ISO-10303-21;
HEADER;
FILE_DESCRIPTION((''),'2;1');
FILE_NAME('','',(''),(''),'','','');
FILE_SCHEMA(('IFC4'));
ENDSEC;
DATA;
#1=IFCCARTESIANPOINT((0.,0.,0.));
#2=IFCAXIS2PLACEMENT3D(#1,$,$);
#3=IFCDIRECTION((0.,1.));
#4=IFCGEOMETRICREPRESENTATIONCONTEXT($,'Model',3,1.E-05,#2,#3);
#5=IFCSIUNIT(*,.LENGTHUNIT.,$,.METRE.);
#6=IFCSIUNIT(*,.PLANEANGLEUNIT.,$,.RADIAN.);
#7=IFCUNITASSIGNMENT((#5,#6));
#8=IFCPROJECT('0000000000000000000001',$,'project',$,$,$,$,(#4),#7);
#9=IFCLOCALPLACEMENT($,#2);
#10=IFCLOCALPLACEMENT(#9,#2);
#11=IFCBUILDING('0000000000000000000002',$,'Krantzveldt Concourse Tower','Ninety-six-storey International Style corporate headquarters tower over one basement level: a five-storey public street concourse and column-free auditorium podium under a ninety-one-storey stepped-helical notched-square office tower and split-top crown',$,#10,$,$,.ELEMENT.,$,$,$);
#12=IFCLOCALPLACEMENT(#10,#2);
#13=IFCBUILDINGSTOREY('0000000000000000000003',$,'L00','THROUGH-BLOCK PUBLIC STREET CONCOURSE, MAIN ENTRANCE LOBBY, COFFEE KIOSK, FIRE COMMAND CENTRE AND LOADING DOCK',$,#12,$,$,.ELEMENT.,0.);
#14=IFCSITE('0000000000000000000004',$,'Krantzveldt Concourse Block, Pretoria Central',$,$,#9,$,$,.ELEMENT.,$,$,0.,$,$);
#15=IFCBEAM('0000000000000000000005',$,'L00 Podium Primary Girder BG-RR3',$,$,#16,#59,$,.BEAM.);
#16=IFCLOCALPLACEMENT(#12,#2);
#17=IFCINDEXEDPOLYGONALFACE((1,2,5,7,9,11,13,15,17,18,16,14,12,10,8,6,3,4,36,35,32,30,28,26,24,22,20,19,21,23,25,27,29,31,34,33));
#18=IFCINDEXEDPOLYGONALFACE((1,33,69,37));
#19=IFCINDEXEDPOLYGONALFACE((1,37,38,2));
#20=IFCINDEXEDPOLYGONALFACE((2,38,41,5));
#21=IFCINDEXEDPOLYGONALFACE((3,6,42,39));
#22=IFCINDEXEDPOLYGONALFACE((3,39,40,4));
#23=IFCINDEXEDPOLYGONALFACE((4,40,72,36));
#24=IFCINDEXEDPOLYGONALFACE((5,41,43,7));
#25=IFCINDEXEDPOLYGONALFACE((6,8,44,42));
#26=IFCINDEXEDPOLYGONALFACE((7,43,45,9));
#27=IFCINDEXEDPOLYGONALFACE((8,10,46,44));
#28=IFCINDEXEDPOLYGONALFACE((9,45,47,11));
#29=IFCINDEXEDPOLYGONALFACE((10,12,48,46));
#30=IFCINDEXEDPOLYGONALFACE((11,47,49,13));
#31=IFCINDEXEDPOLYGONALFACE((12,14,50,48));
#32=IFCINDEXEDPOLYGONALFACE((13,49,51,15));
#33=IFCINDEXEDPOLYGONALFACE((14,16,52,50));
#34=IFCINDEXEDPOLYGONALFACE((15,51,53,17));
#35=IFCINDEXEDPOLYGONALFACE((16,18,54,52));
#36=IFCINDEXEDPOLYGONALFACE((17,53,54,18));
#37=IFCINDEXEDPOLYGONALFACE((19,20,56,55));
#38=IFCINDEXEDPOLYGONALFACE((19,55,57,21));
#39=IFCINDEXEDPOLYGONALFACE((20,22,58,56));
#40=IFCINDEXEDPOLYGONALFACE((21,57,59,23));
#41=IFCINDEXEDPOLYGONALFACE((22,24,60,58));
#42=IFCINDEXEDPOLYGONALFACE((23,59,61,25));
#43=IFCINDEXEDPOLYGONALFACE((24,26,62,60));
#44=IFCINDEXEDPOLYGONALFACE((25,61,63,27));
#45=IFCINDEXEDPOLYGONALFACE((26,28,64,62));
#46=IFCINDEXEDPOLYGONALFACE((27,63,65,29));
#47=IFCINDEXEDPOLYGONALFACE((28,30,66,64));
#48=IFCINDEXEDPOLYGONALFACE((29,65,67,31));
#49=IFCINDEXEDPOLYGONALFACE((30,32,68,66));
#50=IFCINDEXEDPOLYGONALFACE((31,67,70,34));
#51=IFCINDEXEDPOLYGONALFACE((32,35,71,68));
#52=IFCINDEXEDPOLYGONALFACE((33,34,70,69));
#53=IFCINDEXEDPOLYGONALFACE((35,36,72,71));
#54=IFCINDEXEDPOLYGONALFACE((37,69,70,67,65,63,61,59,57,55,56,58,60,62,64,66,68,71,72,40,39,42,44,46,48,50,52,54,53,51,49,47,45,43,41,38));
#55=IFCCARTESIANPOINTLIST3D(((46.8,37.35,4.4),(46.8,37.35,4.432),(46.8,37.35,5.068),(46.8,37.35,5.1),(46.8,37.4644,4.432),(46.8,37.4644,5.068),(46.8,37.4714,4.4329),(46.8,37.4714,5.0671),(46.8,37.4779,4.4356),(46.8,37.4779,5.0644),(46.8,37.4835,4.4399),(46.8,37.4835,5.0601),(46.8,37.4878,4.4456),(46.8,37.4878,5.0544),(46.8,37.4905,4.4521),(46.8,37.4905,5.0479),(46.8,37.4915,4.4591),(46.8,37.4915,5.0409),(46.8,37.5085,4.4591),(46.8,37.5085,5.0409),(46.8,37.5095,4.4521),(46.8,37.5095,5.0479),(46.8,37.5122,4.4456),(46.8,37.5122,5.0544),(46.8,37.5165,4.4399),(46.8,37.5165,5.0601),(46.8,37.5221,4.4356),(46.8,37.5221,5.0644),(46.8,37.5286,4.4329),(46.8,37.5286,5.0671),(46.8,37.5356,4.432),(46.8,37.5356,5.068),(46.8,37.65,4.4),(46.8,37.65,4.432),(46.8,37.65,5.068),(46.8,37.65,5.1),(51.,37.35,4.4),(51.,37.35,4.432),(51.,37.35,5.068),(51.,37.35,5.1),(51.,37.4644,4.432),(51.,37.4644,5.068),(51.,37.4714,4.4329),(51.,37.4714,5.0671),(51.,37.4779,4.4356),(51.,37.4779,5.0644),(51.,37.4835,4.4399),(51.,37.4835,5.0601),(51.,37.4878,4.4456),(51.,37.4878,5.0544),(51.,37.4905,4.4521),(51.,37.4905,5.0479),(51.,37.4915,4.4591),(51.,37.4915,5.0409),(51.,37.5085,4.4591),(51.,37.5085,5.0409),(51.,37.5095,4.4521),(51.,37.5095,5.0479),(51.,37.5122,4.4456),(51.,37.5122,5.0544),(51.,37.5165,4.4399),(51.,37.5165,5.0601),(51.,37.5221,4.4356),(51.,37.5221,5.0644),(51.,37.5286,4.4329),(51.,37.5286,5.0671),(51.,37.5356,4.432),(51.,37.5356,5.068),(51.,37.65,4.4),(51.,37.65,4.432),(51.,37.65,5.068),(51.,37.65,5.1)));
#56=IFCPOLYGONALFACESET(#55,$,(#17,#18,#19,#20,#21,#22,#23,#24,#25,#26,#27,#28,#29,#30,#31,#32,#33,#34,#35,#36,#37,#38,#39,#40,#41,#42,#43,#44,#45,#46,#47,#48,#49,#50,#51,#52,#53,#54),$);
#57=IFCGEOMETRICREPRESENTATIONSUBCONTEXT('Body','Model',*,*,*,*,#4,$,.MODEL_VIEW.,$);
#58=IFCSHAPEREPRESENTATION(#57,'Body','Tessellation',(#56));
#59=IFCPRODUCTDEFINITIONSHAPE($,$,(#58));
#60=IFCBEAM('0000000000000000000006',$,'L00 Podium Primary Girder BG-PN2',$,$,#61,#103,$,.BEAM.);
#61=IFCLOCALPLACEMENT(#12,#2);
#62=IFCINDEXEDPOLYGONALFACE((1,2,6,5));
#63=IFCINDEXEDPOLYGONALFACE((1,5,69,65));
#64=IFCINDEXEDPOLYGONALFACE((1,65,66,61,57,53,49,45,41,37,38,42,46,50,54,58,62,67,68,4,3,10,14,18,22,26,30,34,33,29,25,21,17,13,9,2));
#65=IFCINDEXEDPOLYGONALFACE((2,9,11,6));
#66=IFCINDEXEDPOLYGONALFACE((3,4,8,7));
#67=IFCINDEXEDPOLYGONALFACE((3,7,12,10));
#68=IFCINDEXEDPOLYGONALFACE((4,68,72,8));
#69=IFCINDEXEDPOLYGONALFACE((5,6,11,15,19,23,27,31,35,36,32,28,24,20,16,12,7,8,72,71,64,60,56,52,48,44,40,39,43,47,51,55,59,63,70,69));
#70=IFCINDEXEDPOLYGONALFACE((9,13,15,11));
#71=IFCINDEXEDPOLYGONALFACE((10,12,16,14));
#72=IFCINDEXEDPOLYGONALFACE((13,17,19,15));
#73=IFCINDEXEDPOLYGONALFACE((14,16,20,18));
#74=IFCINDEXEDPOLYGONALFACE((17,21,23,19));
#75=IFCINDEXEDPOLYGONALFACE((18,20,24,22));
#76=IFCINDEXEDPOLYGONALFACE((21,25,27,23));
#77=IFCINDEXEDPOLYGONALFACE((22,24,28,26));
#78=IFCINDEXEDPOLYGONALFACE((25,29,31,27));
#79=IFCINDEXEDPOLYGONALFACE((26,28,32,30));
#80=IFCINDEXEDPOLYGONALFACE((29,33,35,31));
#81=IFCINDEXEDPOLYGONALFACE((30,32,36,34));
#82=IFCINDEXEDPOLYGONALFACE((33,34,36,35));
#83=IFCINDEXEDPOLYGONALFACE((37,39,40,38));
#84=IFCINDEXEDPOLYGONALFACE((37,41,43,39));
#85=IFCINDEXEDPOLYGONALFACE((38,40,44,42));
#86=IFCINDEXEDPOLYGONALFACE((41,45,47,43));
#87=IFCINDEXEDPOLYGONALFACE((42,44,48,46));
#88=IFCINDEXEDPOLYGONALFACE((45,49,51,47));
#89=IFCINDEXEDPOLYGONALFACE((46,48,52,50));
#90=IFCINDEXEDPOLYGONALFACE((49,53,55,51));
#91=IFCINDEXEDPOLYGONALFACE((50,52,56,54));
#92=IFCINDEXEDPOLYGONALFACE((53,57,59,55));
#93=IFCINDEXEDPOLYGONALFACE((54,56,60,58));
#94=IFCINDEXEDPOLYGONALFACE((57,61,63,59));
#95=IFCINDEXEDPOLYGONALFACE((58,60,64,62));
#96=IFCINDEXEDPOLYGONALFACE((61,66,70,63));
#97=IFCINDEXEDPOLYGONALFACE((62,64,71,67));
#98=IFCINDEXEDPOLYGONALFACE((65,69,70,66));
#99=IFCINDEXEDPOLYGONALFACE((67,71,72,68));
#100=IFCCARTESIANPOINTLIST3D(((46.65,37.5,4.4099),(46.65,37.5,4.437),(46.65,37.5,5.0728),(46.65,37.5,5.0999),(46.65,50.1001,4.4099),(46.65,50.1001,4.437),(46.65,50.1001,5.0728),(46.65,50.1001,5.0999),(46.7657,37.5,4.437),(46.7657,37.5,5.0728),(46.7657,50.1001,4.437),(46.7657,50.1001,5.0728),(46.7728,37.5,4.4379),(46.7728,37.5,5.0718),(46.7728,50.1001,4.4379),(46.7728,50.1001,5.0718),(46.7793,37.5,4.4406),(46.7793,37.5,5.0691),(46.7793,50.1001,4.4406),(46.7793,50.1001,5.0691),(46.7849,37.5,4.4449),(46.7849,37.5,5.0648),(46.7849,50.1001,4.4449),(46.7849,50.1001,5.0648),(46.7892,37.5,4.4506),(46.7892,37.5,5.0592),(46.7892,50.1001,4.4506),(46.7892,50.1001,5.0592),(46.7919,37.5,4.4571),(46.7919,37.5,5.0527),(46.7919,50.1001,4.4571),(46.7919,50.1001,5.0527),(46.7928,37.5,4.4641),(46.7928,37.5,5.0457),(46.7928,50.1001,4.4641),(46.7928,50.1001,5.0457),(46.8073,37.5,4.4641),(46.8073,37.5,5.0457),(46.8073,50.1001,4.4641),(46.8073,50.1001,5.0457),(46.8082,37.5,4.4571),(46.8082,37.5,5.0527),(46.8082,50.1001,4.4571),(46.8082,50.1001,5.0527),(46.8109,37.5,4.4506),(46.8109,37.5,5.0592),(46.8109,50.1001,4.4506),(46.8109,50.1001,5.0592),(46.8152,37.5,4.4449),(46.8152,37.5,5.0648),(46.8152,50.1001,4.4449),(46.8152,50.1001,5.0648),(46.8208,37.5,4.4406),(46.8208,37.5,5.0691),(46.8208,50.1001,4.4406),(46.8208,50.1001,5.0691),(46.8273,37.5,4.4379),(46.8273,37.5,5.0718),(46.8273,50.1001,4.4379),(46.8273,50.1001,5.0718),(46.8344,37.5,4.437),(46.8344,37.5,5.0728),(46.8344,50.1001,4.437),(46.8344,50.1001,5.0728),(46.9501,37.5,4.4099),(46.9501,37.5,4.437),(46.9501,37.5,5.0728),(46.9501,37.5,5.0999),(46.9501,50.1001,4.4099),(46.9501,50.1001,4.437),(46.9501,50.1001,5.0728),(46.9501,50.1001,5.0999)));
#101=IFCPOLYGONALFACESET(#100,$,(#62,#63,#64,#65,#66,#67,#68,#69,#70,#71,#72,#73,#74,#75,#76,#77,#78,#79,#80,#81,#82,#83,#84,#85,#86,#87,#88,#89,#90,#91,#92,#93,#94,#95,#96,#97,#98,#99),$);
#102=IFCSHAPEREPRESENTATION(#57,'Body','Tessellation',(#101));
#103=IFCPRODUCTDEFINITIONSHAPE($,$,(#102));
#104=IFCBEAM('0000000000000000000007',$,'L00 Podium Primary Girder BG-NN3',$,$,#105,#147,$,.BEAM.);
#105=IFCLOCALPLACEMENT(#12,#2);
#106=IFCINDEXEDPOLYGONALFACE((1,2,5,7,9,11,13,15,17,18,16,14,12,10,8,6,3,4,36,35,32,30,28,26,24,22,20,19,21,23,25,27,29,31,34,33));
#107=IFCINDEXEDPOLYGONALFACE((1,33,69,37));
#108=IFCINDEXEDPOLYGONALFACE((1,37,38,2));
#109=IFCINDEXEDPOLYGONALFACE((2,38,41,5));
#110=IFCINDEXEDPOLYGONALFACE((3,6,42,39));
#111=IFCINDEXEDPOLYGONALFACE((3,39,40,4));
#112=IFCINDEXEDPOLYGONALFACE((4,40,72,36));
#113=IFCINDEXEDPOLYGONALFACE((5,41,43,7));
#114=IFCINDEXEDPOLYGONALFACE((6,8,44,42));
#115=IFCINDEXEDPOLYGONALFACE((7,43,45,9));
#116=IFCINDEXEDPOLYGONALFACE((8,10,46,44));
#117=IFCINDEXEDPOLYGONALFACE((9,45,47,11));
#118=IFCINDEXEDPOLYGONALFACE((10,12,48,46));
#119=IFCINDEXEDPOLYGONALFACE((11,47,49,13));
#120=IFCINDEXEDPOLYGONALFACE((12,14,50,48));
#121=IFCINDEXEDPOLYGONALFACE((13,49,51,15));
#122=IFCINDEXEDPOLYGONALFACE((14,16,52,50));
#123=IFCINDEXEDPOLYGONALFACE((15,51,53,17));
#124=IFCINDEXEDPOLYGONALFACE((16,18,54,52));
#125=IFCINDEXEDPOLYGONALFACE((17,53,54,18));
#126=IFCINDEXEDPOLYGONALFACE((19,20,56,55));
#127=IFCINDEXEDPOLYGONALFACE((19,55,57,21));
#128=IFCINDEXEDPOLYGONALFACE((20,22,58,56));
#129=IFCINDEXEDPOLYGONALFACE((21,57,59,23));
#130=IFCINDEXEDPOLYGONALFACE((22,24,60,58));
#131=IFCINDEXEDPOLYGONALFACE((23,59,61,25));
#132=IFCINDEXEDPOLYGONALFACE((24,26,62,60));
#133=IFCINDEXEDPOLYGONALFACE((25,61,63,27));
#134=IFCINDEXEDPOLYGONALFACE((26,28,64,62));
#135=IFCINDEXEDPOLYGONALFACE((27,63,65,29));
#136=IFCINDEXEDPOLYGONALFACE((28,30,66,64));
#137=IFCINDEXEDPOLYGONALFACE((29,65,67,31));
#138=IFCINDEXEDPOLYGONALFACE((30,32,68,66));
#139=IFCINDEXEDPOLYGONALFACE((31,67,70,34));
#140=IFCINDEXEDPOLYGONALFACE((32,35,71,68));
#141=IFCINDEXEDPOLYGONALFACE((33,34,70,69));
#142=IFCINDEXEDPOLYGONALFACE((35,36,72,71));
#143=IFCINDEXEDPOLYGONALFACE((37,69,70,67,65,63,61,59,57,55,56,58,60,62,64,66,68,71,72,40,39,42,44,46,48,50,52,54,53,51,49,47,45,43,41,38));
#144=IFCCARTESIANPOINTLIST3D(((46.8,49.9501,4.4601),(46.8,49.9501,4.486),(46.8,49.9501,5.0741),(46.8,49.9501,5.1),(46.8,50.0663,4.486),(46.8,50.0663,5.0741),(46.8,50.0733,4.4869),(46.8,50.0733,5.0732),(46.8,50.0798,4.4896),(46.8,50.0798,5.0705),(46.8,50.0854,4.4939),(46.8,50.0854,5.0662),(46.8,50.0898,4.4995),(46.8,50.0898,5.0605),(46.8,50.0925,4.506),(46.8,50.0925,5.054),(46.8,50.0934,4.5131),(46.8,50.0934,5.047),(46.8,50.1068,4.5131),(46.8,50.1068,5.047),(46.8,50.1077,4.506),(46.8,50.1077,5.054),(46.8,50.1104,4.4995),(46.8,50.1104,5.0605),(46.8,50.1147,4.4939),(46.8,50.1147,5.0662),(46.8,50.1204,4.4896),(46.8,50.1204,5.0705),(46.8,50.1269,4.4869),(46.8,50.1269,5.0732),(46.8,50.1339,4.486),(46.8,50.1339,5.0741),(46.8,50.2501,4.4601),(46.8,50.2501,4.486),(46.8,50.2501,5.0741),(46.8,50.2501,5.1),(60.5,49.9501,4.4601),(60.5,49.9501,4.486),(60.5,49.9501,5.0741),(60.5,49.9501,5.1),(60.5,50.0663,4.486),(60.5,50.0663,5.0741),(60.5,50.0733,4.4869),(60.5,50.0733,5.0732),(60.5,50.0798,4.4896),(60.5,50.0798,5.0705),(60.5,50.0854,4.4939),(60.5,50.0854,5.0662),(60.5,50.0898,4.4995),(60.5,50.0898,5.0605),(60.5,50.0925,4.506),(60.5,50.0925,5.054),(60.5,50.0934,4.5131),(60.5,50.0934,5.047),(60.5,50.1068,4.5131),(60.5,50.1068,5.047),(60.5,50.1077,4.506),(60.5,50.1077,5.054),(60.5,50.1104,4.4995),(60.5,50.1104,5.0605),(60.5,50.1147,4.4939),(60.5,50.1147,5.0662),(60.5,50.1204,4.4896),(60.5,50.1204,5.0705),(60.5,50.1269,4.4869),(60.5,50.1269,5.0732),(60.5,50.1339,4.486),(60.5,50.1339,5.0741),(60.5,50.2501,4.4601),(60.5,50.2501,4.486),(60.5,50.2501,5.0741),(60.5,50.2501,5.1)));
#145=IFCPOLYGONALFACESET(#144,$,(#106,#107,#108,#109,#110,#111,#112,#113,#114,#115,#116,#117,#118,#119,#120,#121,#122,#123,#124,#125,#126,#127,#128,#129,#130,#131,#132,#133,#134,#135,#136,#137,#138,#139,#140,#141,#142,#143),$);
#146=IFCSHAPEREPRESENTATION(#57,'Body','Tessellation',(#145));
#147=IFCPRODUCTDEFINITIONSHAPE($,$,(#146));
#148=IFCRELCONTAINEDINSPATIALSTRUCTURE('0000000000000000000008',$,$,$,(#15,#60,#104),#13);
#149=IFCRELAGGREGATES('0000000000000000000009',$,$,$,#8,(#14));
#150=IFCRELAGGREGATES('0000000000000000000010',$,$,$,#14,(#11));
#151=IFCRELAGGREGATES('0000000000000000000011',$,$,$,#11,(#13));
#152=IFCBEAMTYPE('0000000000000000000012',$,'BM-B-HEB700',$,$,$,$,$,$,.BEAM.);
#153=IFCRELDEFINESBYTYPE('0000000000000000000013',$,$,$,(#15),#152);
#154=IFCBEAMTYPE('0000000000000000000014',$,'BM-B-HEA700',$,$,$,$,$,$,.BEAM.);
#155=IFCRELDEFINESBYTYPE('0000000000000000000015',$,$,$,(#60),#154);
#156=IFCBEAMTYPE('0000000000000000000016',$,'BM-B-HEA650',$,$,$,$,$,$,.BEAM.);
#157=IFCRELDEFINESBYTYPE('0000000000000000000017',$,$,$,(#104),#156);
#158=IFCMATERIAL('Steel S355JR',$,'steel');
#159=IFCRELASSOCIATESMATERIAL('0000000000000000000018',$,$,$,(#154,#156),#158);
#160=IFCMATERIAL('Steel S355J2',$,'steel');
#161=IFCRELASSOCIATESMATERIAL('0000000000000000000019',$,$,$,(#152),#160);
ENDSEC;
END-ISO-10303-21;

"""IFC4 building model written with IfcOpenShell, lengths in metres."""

from ifc_helpers import new_model, si_unit, direction, frame, origin, origin_2d, place, context, subcontext, project, spatial, i_section, extrude, source, transform, mapped, material, material_profile, profile_set, type_object, type_shapes, element, save


model = new_model("IFC4")

# Units and contexts
model_context = context("Model", 3, precision=1e-05, world=origin(), true_north=direction((0.0, 1.0)))
body_context = subcontext(model_context, "Body", "Model", "MODEL_VIEW")
ifc_project = project(units=[si_unit("LENGTHUNIT", "METRE"), si_unit("PLANEANGLEUNIT", "RADIAN")], contexts=[model_context])

# Site, building, storey
site_placement = place(None, origin())
site = spatial("IfcSite", under=ifc_project, at=site_placement, Name="Krantzveldt Concourse Block, Pretoria Central", CompositionType="ELEMENT", RefElevation=0.0)
building_placement = place(site_placement, origin())
building = spatial("IfcBuilding", under=site, at=building_placement, Name="Krantzveldt Concourse Tower", Description="Ninety-six-storey International Style corporate headquarters tower over one basement level: a five-storey public street concourse and column-free auditorium podium under a ninety-one-storey stepped-helical notched-square office tower and split-top crown", CompositionType="ELEMENT")
storey_placement = place(building_placement, origin())
storey = spatial("IfcBuildingStorey", under=building, at=storey_placement, Name="L00", Description="THROUGH-BLOCK PUBLIC STREET CONCOURSE, MAIN ENTRANCE LOBBY, COFFEE KIOSK, FIRE COMMAND CENTRE AND LOADING DOCK", CompositionType="ELEMENT", Elevation=0.0)

# Shared definitions
ifc_material_1 = material(Name="Steel S355J2", Category="steel")

# Beams
ifc_material_2 = material(Name="Steel S355JR", Category="steel")
ifc_material_profile_1 = material_profile(ifc_material_2, i_section(OverallWidth=0.3, OverallDepth=0.6899, WebThickness=0.0144, FlangeThickness=0.0271, FilletRadius=0.0271, at=origin_2d()), Name="Steel S355JR", Category="steel")
ifc_profile_set_1 = profile_set([ifc_material_profile_1], Name="Steel S355JR - HEA 700")
beam_type_1 = type_object("IfcBeamType", Name="BM-B-HEA700", PredefinedType="BEAM", material=ifc_profile_set_1)
ifc_material_profile_2 = material_profile(ifc_material_1, i_section(OverallWidth=0.3, OverallDepth=0.7, WebThickness=0.0171, FlangeThickness=0.032, FilletRadius=0.0271, at=origin_2d()), Name="Steel S355J2", Category="steel")
ifc_profile_set_2 = profile_set([ifc_material_profile_2], Name="Steel S355J2 - HEB 700")
beam_type_2 = type_object("IfcBeamType", Name="BM-B-HEB700", PredefinedType="BEAM", material=ifc_profile_set_2)
shared_shape_1 = source(origin(), body_context, "Body", "SweptSolid", [
    extrude(i_section(OverallWidth=0.3, OverallDepth=0.7, WebThickness=0.0171, FlangeThickness=0.032, FilletRadius=0.0271, at=origin_2d()), origin(), (0.0, 0.0, 1.0), 4.2),
])
type_shapes(beam_type_2, [shared_shape_1])
beam_1_placement = place(storey_placement, frame((46.8, 37.5, 4.75), z_axis=(1.0, 0.0, 0.0), x_axis=(0.0, 1.0, 0.0)))
element("IfcBeam", 1, at=beam_1_placement, inside=storey, type_object=beam_type_2, Name="L00 Podium Primary Girder BG-RR3", PredefinedType="BEAM", context=body_context, shape_type="MappedRepresentation", body=[
    mapped(shared_shape_1, transform((0.0, 0.0, 0.0), x_axis=(1.0, 0.0, 0.0), y_axis=(0.0, 1.0, 0.0), z_axis=(0.0, 0.0, 1.0), scale=1.0)),
])
shared_shape_2 = source(origin(), body_context, "Body", "SweptSolid", [
    extrude(i_section(OverallWidth=0.3, OverallDepth=0.6899, WebThickness=0.0144, FlangeThickness=0.0271, FilletRadius=0.0271, at=origin_2d()), origin(), (0.0, 0.0, 1.0), 12.6001),
])
beam_2_placement = place(storey_placement, frame((46.8, 37.5, 4.7549), z_axis=(0.0, 1.0, 0.0), x_axis=(-1.0, 0.0, 0.0)))
element("IfcBeam", 2, at=beam_2_placement, inside=storey, type_object=beam_type_1, Name="L00 Podium Primary Girder BG-PN2", PredefinedType="BEAM", context=body_context, shape_type="MappedRepresentation", body=[
    mapped(shared_shape_2, transform((0.0, 0.0, 0.0), x_axis=(1.0, 0.0, 0.0), y_axis=(0.0, 1.0, 0.0), z_axis=(0.0, 0.0, 1.0), scale=1.0)),
])
ifc_material_profile_3 = material_profile(ifc_material_2, i_section(OverallWidth=0.3, OverallDepth=0.6399, WebThickness=0.0134, FlangeThickness=0.0259, FilletRadius=0.0271, at=origin_2d()), Name="Steel S355JR", Category="steel")
ifc_profile_set_3 = profile_set([ifc_material_profile_3], Name="Steel S355JR - HEA 650")
beam_type_3 = type_object("IfcBeamType", Name="BM-B-HEA650", PredefinedType="BEAM", material=ifc_profile_set_3)
shared_shape_3 = source(origin(), body_context, "Body", "SweptSolid", [
    extrude(i_section(OverallWidth=0.3, OverallDepth=0.6399, WebThickness=0.0134, FlangeThickness=0.0259, FilletRadius=0.0271, at=origin_2d()), origin(), (0.0, 0.0, 1.0), 13.7),
])
beam_3_placement = place(storey_placement, frame((46.8, 50.1001, 4.78), z_axis=(1.0, 0.0, 0.0), x_axis=(0.0, 1.0, 0.0)))
element("IfcBeam", 3, at=beam_3_placement, inside=storey, type_object=beam_type_3, Name="L00 Podium Primary Girder BG-NN3", PredefinedType="BEAM", context=body_context, shape_type="MappedRepresentation", body=[
    mapped(shared_shape_3, transform((0.0, 0.0, 0.0), x_axis=(1.0, 0.0, 0.0), y_axis=(0.0, 1.0, 0.0), z_axis=(0.0, 0.0, 1.0), scale=1.0)),
])

save(model, "model.ifc")
